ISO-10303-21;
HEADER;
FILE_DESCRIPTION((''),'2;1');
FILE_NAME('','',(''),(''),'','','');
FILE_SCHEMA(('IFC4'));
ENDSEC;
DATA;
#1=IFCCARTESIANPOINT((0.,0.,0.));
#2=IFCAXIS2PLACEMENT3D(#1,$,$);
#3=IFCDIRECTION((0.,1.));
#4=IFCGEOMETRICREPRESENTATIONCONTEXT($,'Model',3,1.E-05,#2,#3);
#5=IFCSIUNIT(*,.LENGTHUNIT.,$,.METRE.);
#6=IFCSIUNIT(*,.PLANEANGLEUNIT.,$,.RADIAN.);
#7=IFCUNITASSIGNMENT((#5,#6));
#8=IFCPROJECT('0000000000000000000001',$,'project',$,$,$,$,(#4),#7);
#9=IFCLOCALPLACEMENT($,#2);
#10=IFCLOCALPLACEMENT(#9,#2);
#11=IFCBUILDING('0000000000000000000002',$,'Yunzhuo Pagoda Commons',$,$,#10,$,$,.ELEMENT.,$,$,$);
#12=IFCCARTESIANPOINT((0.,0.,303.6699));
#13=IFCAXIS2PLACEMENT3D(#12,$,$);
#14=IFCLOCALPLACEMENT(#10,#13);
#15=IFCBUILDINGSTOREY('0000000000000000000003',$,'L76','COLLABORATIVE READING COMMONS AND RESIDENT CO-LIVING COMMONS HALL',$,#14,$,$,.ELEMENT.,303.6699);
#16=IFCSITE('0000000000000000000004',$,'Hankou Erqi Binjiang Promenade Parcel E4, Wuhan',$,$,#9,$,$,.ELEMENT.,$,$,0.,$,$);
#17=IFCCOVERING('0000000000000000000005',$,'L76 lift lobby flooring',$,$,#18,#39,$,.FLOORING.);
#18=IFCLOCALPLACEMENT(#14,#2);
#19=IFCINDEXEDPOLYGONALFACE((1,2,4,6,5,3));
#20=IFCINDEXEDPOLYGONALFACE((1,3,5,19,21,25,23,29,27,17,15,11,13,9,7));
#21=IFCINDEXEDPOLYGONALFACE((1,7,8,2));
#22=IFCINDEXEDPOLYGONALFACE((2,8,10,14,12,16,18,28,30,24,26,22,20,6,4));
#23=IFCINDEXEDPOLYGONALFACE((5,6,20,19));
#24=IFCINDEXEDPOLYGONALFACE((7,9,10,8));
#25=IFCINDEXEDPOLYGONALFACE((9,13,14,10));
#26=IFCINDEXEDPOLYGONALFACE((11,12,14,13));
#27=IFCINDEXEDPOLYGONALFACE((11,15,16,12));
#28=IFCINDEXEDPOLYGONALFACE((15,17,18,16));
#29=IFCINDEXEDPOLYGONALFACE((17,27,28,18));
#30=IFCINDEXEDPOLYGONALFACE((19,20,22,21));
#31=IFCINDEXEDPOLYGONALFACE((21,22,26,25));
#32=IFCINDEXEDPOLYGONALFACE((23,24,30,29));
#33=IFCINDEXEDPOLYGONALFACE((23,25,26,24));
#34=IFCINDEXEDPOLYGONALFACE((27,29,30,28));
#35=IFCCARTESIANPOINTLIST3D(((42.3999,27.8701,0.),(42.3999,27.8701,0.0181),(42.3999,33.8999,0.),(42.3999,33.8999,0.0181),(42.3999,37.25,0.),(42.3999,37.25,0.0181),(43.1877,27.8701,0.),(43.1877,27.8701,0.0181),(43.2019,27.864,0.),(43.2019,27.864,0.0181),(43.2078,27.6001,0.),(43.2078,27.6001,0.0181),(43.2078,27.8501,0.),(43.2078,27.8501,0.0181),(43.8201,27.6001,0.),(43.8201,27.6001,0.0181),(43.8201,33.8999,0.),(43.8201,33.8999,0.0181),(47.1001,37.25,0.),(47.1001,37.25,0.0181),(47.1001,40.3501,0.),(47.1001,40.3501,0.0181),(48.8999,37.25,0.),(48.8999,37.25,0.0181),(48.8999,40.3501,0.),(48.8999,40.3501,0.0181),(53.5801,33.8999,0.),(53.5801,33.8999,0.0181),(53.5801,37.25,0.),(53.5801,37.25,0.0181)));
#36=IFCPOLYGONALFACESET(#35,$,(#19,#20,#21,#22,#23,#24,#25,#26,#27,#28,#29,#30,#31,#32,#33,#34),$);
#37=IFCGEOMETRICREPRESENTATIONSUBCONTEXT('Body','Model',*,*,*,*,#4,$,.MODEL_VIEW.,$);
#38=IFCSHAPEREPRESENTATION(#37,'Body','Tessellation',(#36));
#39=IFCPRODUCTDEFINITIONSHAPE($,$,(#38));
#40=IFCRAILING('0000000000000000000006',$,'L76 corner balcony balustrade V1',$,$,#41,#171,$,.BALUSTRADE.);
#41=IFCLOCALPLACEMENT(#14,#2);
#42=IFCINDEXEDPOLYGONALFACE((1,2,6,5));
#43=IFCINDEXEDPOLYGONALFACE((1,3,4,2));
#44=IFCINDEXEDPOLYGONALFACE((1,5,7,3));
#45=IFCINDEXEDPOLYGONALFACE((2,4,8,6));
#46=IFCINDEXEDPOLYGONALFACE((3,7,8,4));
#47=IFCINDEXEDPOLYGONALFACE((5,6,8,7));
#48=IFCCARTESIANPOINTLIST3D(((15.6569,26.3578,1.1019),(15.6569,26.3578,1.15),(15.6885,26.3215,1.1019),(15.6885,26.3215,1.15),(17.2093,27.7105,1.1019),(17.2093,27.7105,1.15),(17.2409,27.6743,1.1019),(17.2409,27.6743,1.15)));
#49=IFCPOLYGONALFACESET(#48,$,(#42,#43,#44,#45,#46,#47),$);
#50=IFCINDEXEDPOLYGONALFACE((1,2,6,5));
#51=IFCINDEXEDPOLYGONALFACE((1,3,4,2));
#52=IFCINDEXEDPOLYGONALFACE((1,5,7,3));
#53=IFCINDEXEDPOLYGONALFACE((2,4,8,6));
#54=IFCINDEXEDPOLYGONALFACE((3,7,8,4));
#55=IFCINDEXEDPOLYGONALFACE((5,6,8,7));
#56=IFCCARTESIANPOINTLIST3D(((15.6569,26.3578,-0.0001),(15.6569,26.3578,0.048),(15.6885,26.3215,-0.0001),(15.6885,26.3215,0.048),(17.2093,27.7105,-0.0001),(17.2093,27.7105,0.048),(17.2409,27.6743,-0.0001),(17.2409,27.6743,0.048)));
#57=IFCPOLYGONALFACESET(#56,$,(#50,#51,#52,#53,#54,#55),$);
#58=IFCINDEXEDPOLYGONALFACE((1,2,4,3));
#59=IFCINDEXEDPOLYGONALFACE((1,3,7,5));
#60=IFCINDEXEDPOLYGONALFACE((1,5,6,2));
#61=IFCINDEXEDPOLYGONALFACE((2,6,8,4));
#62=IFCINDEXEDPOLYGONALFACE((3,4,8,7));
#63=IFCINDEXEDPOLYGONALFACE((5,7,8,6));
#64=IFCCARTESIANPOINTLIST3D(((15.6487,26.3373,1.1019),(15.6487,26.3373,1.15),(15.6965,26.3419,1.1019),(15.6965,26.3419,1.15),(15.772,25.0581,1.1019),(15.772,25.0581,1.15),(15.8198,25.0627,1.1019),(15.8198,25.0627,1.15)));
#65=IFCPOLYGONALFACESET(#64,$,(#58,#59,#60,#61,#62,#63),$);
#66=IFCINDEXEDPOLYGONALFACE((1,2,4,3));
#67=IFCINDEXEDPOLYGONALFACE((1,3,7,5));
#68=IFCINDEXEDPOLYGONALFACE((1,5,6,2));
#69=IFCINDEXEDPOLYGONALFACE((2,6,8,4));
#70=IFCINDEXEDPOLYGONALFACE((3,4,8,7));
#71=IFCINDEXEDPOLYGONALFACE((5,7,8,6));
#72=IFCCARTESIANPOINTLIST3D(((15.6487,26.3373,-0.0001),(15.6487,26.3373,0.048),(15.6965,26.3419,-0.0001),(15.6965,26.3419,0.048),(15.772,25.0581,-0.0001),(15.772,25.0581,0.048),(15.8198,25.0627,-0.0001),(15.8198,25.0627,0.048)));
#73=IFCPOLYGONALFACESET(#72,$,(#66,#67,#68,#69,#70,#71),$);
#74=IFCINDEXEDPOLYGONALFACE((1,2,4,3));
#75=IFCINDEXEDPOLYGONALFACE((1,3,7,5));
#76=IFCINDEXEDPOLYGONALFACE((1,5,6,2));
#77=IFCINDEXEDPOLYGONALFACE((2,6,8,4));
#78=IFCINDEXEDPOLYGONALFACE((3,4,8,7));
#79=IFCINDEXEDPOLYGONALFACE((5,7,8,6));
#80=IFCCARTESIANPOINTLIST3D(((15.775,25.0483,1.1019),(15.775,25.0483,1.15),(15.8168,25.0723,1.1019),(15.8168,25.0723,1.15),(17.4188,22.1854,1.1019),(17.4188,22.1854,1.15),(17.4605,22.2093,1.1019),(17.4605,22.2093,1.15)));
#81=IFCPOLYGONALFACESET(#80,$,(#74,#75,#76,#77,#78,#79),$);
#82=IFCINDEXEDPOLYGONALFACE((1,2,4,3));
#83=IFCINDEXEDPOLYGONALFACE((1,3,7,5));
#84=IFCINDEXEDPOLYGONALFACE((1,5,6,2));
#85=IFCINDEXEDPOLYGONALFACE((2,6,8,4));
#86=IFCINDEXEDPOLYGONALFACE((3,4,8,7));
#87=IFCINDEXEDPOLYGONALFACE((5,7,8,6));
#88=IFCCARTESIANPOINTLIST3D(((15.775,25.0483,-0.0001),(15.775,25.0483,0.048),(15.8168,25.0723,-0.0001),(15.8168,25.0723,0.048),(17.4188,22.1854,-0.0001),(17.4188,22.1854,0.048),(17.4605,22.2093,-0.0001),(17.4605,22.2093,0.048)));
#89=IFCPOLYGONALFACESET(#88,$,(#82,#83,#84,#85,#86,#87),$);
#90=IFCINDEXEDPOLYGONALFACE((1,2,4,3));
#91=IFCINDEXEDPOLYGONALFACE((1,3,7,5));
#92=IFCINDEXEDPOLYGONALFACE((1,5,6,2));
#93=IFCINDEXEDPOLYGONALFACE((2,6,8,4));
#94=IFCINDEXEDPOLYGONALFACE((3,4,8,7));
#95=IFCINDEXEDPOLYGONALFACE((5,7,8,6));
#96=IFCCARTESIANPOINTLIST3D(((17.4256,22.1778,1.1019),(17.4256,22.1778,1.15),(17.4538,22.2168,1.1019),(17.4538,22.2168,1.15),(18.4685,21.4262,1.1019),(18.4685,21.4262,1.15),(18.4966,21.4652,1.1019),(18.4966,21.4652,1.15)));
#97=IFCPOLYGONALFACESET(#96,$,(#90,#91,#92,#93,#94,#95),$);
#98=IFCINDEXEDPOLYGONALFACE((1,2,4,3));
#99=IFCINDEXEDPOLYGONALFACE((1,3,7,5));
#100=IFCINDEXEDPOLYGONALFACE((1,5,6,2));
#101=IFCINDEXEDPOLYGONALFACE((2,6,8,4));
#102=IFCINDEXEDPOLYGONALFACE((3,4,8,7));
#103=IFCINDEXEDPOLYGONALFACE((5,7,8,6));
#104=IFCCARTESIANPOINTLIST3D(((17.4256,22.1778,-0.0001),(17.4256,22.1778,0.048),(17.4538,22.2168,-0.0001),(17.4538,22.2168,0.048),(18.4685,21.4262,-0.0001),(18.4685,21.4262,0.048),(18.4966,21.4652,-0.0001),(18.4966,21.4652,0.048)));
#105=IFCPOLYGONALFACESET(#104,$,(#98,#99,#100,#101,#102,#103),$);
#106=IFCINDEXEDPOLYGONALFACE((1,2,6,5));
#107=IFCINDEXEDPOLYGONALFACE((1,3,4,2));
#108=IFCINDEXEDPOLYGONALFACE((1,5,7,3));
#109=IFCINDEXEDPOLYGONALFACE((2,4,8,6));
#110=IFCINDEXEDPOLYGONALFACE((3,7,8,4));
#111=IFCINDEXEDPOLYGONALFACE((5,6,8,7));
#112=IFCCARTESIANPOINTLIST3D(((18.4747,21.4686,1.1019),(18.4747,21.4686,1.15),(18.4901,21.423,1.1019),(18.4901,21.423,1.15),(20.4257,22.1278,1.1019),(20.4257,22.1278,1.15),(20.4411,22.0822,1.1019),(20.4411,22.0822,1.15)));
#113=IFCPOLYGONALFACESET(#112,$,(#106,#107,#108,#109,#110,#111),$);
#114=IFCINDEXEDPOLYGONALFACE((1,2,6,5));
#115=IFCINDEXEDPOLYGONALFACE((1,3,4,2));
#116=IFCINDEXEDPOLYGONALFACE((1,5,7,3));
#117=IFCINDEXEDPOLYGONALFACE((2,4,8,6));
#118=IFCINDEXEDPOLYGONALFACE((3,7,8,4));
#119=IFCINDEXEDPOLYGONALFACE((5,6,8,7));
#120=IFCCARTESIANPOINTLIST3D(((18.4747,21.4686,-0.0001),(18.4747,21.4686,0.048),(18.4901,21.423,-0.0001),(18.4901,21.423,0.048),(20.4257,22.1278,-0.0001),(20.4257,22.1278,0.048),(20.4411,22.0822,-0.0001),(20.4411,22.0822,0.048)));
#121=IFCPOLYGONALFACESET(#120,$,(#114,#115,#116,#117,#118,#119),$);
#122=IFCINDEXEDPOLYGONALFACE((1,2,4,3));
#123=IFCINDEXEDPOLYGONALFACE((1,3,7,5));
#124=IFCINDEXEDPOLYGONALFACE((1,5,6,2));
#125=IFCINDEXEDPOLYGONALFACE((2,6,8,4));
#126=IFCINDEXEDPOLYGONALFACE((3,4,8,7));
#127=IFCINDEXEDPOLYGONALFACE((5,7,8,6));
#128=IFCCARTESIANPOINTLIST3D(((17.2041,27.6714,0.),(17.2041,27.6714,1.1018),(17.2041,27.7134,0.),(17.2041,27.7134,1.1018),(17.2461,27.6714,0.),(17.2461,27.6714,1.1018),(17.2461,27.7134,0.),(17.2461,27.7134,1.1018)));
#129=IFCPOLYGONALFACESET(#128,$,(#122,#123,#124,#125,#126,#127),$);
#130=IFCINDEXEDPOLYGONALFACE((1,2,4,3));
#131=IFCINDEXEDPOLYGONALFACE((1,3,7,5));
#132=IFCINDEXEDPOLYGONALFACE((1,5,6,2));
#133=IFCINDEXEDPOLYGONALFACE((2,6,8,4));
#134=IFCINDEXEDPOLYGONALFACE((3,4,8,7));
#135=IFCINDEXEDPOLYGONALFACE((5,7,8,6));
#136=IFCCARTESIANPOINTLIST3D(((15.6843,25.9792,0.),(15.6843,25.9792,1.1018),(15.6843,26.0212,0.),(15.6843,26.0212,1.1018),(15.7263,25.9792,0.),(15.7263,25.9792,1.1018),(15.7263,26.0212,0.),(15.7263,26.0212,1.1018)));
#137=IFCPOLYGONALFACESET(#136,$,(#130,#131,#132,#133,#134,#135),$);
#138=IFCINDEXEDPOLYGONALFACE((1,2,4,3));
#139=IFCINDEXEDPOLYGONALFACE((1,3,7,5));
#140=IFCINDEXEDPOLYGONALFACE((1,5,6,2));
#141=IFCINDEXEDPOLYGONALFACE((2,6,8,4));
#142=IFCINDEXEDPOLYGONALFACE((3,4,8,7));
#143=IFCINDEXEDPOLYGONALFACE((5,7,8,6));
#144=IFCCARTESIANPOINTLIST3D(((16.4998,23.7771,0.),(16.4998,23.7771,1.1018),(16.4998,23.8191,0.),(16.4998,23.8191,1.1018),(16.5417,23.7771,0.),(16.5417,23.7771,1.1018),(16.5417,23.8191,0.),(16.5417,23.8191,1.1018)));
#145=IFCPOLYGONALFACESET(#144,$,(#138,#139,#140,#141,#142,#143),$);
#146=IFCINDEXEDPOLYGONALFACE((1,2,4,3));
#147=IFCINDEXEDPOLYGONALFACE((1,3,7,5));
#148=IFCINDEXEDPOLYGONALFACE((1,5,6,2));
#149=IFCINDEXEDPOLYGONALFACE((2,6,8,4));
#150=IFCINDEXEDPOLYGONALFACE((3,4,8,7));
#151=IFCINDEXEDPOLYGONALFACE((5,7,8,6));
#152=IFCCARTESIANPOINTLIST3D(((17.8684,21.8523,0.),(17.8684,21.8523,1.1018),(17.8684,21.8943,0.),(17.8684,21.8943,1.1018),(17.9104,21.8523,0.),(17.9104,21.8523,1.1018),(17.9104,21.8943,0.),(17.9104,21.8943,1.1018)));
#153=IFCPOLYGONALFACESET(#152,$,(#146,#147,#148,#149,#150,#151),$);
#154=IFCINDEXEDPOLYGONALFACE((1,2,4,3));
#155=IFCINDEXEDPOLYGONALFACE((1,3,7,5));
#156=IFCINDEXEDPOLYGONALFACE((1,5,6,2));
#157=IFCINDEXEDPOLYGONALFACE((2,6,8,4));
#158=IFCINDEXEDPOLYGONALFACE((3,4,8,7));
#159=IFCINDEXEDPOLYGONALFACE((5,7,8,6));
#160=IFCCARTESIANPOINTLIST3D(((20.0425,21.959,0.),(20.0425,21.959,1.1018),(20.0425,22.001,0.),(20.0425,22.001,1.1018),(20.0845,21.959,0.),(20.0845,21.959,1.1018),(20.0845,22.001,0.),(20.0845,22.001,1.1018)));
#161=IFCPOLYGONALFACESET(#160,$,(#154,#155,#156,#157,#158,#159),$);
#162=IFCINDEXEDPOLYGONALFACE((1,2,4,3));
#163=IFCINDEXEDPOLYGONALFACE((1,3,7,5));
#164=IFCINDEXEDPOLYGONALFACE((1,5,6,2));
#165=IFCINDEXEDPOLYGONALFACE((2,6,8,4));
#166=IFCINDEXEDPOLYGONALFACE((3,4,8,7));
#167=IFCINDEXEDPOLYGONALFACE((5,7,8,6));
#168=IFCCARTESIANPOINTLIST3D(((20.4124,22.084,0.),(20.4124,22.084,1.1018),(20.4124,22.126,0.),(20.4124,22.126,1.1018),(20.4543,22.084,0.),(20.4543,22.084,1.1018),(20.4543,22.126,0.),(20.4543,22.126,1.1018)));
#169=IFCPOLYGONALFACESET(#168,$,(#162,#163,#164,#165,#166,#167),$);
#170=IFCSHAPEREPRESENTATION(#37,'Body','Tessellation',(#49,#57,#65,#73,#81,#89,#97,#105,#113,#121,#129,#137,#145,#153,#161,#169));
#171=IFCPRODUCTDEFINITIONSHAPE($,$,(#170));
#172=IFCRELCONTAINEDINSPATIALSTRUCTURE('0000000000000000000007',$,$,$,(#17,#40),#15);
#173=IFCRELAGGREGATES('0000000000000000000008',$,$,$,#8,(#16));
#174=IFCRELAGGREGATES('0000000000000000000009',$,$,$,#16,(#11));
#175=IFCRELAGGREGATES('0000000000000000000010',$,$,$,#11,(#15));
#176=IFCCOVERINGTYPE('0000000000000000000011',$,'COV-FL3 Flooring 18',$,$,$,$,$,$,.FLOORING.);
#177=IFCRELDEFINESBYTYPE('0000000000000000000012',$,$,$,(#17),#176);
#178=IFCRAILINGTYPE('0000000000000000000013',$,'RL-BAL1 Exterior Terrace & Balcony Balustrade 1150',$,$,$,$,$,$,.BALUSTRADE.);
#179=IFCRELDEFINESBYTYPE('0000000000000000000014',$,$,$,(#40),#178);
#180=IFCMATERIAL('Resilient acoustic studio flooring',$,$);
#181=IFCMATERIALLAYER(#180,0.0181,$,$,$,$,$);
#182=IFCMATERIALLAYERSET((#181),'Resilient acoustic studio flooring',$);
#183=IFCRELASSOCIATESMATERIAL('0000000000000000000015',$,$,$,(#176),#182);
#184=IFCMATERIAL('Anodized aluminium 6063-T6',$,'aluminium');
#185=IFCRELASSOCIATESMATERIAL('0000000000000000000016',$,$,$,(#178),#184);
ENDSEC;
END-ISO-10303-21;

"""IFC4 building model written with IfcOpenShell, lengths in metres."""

from ifc_helpers import new_model, si_unit, direction, frame, origin, origin_2d, place, context, subcontext, project, spatial, polyline, rectangle, outline, extrude, material, layer, layer_set, type_object, element, save


model = new_model("IFC4")

# Units and contexts
model_context = context("Model", 3, precision=1e-05, world=origin(), true_north=direction((0.0, 1.0)))
body_context = subcontext(model_context, "Body", "Model", "MODEL_VIEW")
ifc_project = project(units=[si_unit("LENGTHUNIT", "METRE"), si_unit("PLANEANGLEUNIT", "RADIAN")], contexts=[model_context])

# Site, building, storey
site_placement = place(None, origin())
site = spatial("IfcSite", under=ifc_project, at=site_placement, Name="Hankou Erqi Binjiang Promenade Parcel E4, Wuhan", CompositionType="ELEMENT", RefElevation=0.0)
building_placement = place(site_placement, origin())
building = spatial("IfcBuilding", under=site, at=building_placement, Name="Yunzhuo Pagoda Commons", CompositionType="ELEMENT")
storey_placement = place(building_placement, frame((0.0, 0.0, 303.6699)))
storey = spatial("IfcBuildingStorey", under=building, at=storey_placement, Name="L76", Description="COLLABORATIVE READING COMMONS AND RESIDENT CO-LIVING COMMONS HALL", CompositionType="ELEMENT", Elevation=303.6699)

# Shared definitions
ifc_material_1 = material(Name="Anodized aluminium 6063-T6", Category="aluminium")

# Covering
ifc_material_2 = material(Name="Resilient acoustic studio flooring")
ifc_layer_1 = layer(ifc_material_2, 0.0181)
ifc_layer_set_1 = layer_set([ifc_layer_1], Name="Resilient acoustic studio flooring")
covering_type_1 = type_object("IfcCoveringType", Name="COV-FL3 Flooring 18", PredefinedType="FLOORING", material=ifc_layer_set_1)
covering_1_placement = place(storey_placement, origin())
element("IfcCovering", 1, at=covering_1_placement, inside=storey, type_object=covering_type_1, Name="L76 lift lobby flooring", PredefinedType="FLOORING", context=body_context, shape_type="SweptSolid", body=[
    extrude(outline(polyline([(43.2078, 27.8501), (43.2019, 27.864), (43.1877, 27.8701), (42.3999, 27.8701), (42.3999, 33.8999), (42.3999, 37.25), (47.1001, 37.25), (47.1001, 40.3501), (48.8999, 40.3501), (48.8999, 37.25), (53.5801, 37.25), (53.5801, 33.8999), (43.8201, 33.8999), (43.8201, 27.6001), (43.2078, 27.6001), (43.2078, 27.8501)])), origin(), (0.0, 0.0, 1.0), 0.0181),
])

# Railing
railing_type = type_object("IfcRailingType", Name="RL-BAL1 Exterior Terrace & Balcony Balustrade 1150", PredefinedType="BALUSTRADE", material=ifc_material_1)
railing_placement = place(storey_placement, frame((17.2251, 27.6924, 0.0)))
element("IfcRailing", 2, at=railing_placement, inside=storey, type_object=railing_type, Name="L76 corner balcony balustrade V1", PredefinedType="BALUSTRADE", context=body_context, shape_type="SweptSolid", body=[
    extrude(rectangle(XDim=0.0481, YDim=0.0481, at=origin_2d()), frame((0.0, 0.0, 1.126), z_axis=(-0.753934, -0.65695, 0.0), x_axis=(0.65695, -0.753934, 0.0)), (0.0, 0.0, 1.0), 2.0591),
    extrude(rectangle(XDim=0.0481, YDim=0.0481, at=origin_2d()), frame((0.0, 0.0, 0.0239), z_axis=(-0.753934, -0.65695, 0.0), x_axis=(0.65695, -0.753934, 0.0)), (0.0, 0.0, 1.0), 2.0591),
    extrude(rectangle(XDim=0.0481, YDim=0.0481, at=origin_2d()), frame((-1.5525, -1.3528, 1.126), z_axis=(0.09593, -0.995388, 0.0), x_axis=(0.995388, 0.09593, 0.0)), (0.0, 0.0, 1.0), 1.2852),
    extrude(rectangle(XDim=0.0481, YDim=0.0481, at=origin_2d()), frame((-1.5525, -1.3528, 0.0239), z_axis=(0.09593, -0.995388, 0.0), x_axis=(0.995388, 0.09593, 0.0)), (0.0, 0.0, 1.0), 1.2852),
    extrude(rectangle(XDim=0.0481, YDim=0.0481, at=origin_2d()), frame((-1.4292, -2.6321, 1.126), z_axis=(0.497914, -0.867226, 0.0), x_axis=(0.867226, 0.497914, 0.0)), (0.0, 0.0, 1.0), 3.3013),
    extrude(rectangle(XDim=0.0481, YDim=0.0481, at=origin_2d()), frame((-1.4292, -2.6321, 0.0239), z_axis=(0.497914, -0.867226, 0.0), x_axis=(0.867226, 0.497914, 0.0)), (0.0, 0.0, 1.0), 3.3013),
    extrude(rectangle(XDim=0.0481, YDim=0.0481, at=origin_2d()), frame((0.2146, -5.4951, 1.126), z_axis=(0.811275, -0.584665, 0.0), x_axis=(0.584665, 0.811275, 0.0)), (0.0, 0.0, 1.0), 1.2854),
    extrude(rectangle(XDim=0.0481, YDim=0.0481, at=origin_2d()), frame((0.2146, -5.4951, 0.0239), z_axis=(0.811275, -0.584665, 0.0), x_axis=(0.584665, 0.811275, 0.0)), (0.0, 0.0, 1.0), 1.2854),
    extrude(rectangle(XDim=0.0481, YDim=0.0481, at=origin_2d()), frame((1.2573, -6.2466, 1.126), z_axis=(0.947383, 0.320102, 0.0), x_axis=(-0.320102, 0.947383, 0.0)), (0.0, 0.0, 1.0), 2.0593),
    extrude(rectangle(XDim=0.0481, YDim=0.0481, at=origin_2d()), frame((1.2573, -6.2466, 0.0239), z_axis=(0.947383, 0.320102, 0.0), x_axis=(-0.320102, 0.947383, 0.0)), (0.0, 0.0, 1.0), 2.0593),
    extrude(rectangle(XDim=0.042, YDim=0.042, at=origin_2d()), origin(), (0.0, 0.0, 1.0), 1.1018),
    extrude(rectangle(XDim=0.042, YDim=0.042, at=origin_2d()), frame((-1.5198, -1.6921, 0.0)), (0.0, 0.0, 1.0), 1.1018),
    extrude(rectangle(XDim=0.042, YDim=0.042, at=origin_2d()), frame((-0.7043, -3.8943, 0.0)), (0.0, 0.0, 1.0), 1.1018),
    extrude(rectangle(XDim=0.042, YDim=0.042, at=origin_2d()), frame((0.6643, -5.8191, 0.0)), (0.0, 0.0, 1.0), 1.1018),
    extrude(rectangle(XDim=0.042, YDim=0.042, at=origin_2d()), frame((2.8384, -5.7124, 0.0)), (0.0, 0.0, 1.0), 1.1018),
    extrude(rectangle(XDim=0.042, YDim=0.042, at=origin_2d()), frame((3.2083, -5.5874, 0.0)), (0.0, 0.0, 1.0), 1.1018),
])

save(model, "model.ifc")
